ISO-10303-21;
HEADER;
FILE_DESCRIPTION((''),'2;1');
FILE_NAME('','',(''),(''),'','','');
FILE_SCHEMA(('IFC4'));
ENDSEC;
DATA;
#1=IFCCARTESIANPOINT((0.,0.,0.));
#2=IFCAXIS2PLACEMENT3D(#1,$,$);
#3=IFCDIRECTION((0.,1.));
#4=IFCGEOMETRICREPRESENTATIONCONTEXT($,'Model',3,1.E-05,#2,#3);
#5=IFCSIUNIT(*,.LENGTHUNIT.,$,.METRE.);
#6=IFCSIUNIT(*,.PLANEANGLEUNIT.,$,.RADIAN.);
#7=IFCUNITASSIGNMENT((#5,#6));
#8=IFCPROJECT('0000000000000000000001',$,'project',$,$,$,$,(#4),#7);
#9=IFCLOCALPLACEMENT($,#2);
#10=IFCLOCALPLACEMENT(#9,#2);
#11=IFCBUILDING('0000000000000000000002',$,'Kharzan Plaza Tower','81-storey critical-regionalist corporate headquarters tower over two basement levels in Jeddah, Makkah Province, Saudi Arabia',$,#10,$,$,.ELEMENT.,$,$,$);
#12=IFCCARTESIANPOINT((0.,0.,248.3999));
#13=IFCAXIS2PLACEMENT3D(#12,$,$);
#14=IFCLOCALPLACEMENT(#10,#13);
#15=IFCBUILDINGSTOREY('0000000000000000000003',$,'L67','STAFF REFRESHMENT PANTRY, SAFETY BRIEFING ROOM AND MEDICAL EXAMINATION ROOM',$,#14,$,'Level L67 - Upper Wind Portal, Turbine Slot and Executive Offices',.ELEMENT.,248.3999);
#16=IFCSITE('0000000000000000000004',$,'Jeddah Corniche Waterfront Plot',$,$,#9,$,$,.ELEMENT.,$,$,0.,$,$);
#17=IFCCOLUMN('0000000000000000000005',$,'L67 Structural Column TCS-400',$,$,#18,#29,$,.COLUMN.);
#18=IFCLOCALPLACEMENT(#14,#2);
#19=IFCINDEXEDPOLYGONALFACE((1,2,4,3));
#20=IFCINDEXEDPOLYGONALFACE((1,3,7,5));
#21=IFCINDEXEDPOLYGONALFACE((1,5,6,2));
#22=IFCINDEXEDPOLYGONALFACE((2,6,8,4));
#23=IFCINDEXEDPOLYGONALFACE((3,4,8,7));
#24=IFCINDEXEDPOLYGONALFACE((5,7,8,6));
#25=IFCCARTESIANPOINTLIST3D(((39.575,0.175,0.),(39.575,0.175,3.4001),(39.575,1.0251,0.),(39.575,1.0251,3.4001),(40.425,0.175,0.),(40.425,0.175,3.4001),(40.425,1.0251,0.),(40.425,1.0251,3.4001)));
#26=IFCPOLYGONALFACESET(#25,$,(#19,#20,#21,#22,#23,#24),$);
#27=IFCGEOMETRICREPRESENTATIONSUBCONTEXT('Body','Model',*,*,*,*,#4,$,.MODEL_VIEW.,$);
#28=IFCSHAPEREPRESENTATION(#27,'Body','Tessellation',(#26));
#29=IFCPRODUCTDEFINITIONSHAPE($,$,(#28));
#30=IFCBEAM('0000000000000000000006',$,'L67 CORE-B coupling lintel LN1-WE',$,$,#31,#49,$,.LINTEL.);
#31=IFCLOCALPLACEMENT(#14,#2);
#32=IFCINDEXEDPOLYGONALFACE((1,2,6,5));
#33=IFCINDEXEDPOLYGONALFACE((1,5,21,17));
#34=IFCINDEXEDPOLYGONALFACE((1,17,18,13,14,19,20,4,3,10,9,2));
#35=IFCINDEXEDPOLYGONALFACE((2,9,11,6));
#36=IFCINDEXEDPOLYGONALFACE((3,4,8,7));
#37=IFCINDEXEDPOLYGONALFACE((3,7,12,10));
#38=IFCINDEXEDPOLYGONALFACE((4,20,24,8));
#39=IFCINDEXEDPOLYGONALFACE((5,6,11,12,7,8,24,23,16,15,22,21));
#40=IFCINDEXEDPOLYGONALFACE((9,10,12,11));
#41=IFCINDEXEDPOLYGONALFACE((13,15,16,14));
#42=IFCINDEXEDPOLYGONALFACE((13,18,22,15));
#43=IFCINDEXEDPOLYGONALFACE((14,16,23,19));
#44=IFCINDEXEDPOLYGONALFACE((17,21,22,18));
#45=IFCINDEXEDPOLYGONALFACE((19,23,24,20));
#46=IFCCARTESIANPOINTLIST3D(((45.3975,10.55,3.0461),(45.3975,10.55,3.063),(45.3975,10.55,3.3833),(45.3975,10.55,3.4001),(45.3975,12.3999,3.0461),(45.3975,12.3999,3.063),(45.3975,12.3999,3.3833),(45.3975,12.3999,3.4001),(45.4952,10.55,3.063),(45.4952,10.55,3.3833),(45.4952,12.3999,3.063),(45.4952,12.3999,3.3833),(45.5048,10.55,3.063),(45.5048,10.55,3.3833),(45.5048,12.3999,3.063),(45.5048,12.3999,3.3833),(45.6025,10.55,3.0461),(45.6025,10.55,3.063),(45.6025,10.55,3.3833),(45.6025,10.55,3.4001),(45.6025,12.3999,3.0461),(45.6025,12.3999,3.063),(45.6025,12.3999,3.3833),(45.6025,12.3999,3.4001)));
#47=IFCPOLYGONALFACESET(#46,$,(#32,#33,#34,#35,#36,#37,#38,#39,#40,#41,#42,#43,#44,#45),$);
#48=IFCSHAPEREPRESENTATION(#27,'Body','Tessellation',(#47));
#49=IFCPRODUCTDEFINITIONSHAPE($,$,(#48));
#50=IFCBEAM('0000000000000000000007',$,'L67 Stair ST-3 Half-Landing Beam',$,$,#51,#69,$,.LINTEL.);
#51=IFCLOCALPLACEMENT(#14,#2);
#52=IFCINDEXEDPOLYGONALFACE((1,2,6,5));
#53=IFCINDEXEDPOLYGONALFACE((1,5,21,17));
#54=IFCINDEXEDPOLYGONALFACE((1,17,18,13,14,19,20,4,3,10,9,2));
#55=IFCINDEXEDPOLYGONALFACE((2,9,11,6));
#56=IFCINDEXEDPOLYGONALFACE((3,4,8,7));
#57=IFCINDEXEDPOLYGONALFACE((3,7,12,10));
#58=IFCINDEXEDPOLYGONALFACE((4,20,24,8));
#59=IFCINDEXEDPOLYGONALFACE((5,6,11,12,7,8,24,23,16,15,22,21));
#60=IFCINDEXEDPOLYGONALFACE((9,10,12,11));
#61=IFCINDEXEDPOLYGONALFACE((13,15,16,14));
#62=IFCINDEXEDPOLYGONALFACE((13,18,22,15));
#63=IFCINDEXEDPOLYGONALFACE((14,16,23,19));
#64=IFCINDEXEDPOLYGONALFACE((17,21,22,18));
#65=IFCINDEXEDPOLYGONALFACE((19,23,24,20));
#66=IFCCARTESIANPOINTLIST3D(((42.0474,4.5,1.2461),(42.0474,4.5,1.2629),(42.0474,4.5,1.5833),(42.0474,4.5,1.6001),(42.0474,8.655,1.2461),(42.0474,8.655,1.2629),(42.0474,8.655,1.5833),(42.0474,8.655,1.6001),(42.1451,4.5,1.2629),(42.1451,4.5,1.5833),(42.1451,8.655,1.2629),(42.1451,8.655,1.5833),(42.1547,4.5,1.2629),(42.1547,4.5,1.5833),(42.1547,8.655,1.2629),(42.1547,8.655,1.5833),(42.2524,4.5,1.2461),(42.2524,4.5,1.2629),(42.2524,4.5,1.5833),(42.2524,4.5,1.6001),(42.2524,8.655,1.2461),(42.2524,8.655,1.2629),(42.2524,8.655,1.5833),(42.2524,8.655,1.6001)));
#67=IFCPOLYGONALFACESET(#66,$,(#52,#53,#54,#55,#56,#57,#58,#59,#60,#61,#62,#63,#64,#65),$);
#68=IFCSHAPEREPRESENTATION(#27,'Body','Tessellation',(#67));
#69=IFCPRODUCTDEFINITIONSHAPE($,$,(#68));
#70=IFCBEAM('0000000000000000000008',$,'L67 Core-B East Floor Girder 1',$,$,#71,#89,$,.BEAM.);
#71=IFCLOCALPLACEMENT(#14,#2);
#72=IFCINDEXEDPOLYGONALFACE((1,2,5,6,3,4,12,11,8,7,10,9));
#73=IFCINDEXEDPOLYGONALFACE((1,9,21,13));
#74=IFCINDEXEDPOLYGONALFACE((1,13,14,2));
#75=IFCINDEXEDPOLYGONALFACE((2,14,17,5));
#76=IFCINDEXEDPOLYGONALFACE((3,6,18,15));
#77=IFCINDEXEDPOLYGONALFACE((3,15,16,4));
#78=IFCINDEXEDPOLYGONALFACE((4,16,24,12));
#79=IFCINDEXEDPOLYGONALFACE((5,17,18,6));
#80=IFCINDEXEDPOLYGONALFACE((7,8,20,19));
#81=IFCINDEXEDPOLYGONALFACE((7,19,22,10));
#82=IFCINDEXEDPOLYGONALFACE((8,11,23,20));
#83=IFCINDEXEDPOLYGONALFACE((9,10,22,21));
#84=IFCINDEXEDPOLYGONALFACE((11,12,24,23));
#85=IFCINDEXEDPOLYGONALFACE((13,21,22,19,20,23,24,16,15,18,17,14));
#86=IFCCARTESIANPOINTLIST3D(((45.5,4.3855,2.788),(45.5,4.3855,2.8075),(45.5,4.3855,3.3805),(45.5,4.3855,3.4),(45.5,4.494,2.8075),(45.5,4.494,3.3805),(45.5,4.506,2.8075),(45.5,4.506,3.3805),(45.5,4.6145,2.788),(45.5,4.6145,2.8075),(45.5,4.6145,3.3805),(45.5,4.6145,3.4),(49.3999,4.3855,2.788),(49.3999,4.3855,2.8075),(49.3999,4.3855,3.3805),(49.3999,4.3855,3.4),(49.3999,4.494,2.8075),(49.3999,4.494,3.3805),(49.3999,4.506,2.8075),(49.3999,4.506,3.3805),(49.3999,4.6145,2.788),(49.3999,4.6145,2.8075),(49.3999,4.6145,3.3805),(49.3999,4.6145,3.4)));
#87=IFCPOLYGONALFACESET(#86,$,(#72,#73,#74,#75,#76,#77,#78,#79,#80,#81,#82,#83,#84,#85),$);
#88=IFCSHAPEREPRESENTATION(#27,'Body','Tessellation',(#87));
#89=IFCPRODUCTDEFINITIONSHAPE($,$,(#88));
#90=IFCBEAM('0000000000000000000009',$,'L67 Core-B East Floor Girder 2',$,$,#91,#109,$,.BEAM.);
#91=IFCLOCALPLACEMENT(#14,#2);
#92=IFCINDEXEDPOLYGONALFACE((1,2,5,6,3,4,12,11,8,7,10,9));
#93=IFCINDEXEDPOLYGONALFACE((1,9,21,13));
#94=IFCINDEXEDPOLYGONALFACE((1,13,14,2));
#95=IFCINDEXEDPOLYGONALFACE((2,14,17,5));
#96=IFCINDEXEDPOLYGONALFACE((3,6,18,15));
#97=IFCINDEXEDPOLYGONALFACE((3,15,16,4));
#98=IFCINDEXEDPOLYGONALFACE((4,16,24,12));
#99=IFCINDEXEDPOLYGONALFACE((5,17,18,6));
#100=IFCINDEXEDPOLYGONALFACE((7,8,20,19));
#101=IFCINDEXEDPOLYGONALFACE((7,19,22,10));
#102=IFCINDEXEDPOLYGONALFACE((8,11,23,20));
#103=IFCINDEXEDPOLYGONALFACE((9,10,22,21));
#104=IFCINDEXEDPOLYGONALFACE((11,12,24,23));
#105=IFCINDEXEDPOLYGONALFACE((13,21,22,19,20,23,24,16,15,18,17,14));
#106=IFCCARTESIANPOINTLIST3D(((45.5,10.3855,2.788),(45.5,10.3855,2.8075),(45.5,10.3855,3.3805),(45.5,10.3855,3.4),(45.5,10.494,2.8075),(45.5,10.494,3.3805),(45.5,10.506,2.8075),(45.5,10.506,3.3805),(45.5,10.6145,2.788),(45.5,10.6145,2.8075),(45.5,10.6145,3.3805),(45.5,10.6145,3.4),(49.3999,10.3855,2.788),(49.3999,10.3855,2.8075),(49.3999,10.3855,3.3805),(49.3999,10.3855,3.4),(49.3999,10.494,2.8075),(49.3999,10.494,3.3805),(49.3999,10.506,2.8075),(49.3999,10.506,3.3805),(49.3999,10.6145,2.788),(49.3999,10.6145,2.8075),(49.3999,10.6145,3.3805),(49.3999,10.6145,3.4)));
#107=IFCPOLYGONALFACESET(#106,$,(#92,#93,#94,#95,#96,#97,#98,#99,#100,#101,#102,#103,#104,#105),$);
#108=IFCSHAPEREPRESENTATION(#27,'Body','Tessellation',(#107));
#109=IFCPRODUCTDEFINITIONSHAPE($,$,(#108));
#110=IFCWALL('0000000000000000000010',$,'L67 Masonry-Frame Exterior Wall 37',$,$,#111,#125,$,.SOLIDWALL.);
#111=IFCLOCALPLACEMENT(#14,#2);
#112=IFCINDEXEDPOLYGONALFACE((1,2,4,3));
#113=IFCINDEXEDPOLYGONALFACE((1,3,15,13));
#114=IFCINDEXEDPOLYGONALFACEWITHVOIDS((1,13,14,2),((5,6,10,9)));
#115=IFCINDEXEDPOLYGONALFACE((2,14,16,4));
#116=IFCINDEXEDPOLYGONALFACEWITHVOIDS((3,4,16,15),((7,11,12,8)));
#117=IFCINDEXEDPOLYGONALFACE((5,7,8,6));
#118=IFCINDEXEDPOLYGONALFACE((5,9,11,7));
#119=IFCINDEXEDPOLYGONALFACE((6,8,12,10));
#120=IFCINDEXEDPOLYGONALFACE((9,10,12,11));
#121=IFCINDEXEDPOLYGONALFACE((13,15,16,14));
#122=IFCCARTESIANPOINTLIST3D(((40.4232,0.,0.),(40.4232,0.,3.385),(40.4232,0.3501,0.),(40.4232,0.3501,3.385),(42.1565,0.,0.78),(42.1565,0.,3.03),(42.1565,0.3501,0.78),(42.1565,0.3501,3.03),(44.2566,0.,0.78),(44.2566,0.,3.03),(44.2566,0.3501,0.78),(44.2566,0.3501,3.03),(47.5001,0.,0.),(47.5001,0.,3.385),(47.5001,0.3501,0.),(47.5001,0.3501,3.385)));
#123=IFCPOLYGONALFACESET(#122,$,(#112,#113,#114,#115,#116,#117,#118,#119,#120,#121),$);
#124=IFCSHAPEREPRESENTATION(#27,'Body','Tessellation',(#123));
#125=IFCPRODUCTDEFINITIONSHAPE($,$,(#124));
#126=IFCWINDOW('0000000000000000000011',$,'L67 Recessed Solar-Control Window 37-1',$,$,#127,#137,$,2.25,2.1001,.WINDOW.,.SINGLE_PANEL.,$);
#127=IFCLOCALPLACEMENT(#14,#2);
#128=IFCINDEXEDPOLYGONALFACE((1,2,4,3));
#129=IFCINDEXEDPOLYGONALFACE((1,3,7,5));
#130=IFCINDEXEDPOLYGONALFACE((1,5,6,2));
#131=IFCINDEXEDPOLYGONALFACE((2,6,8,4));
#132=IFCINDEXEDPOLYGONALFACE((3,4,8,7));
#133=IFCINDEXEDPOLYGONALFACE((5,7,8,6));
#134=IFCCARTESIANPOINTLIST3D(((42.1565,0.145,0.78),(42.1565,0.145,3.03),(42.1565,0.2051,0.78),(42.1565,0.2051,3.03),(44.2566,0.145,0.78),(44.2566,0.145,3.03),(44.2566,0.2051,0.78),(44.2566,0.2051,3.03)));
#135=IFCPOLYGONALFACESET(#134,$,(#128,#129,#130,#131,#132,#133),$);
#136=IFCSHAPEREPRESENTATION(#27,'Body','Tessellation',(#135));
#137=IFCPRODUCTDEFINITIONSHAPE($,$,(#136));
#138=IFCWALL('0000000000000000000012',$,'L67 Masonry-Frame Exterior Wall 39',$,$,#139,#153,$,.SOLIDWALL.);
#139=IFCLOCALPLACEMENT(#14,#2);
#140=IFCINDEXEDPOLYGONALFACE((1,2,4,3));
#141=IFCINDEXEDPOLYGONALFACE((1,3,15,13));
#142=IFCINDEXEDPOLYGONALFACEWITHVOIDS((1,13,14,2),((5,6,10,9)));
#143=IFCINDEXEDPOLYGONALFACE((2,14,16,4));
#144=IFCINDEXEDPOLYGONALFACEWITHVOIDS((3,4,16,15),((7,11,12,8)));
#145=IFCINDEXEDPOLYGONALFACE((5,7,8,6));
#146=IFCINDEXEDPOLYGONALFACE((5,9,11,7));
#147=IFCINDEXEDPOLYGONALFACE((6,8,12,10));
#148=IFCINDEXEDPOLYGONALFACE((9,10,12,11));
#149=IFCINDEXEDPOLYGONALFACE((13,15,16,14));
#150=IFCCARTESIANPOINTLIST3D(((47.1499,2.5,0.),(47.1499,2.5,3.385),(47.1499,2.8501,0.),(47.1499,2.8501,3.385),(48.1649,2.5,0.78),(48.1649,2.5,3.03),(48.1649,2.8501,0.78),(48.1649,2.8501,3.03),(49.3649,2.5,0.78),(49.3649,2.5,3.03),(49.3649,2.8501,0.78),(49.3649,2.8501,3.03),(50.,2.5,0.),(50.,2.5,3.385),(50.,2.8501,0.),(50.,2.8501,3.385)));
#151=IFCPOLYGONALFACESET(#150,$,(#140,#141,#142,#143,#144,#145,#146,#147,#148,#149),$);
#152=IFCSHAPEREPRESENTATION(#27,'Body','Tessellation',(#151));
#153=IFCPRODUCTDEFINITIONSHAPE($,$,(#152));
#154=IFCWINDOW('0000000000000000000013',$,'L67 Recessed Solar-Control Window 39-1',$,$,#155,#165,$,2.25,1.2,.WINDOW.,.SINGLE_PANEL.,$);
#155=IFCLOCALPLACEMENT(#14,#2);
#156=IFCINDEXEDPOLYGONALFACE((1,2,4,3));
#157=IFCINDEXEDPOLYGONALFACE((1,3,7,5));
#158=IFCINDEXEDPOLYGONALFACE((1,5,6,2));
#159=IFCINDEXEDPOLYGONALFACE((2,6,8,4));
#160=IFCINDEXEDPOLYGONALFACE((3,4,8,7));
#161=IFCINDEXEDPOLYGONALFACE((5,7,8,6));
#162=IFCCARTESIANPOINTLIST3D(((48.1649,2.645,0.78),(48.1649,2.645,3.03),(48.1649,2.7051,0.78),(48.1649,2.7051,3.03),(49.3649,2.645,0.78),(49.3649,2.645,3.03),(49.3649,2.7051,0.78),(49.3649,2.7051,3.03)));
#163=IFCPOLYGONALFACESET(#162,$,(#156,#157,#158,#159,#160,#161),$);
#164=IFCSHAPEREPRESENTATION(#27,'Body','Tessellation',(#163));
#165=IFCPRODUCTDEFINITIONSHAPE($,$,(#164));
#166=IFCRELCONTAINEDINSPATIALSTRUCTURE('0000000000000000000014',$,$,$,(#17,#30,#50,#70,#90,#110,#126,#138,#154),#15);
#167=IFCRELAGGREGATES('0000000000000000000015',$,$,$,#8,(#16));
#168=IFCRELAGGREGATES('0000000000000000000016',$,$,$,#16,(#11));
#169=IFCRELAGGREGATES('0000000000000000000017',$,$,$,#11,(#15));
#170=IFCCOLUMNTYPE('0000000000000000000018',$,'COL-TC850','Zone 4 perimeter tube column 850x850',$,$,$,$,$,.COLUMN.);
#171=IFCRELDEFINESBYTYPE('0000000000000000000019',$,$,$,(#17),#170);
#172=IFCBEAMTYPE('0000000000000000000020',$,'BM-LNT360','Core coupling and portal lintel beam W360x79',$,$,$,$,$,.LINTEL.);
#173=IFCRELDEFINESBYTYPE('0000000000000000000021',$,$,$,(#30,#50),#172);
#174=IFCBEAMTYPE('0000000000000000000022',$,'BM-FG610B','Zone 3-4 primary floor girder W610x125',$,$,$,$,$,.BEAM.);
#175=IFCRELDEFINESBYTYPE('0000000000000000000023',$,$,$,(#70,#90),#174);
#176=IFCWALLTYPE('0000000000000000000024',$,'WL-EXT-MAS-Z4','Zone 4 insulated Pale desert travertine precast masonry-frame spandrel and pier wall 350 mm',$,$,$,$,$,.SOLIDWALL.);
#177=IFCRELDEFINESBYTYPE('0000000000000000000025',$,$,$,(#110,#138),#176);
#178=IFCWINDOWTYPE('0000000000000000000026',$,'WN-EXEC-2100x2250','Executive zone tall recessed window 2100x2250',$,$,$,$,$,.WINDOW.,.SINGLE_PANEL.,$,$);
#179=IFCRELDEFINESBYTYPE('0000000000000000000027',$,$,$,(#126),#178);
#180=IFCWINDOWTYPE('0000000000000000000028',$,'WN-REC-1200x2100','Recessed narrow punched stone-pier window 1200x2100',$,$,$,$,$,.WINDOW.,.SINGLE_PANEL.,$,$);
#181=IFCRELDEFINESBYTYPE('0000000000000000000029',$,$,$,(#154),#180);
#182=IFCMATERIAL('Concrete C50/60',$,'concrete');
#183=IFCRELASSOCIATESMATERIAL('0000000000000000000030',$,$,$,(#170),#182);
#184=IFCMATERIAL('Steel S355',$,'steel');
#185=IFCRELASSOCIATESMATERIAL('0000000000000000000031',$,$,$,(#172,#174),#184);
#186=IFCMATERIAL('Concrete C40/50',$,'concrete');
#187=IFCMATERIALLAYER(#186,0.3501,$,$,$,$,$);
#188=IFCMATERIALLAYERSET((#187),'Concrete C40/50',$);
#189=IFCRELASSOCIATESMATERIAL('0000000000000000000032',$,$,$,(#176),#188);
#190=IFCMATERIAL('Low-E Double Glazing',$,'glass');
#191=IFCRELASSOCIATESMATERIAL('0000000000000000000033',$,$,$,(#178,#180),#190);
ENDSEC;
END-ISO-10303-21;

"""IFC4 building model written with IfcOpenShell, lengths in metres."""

from ifc_helpers import new_model, si_unit, direction, frame, frame_2d, origin, origin_2d, place, context, subcontext, project, spatial, rectangle, i_section, extrude, source, transform, mapped, material, layer, layer_set, material_profile, profile_set, type_object, element, fill, save


model = new_model("IFC4")

# Units and contexts
model_context = context("Model", 3, precision=1e-05, world=origin(), true_north=direction((0.0, 1.0)))
body_context = subcontext(model_context, "Body", "Model", "MODEL_VIEW")
ifc_project = project(units=[si_unit("LENGTHUNIT", "METRE"), si_unit("PLANEANGLEUNIT", "RADIAN")], contexts=[model_context])

# Site, building, storey
site_placement = place(None, origin())
site = spatial("IfcSite", under=ifc_project, at=site_placement, Name="Jeddah Corniche Waterfront Plot", CompositionType="ELEMENT", RefElevation=0.0)
building_placement = place(site_placement, origin())
building = spatial("IfcBuilding", under=site, at=building_placement, Name="Kharzan Plaza Tower", Description="81-storey critical-regionalist corporate headquarters tower over two basement levels in Jeddah, Makkah Province, Saudi Arabia", CompositionType="ELEMENT")
storey_placement = place(building_placement, frame((0.0, 0.0, 248.3999)))
storey = spatial("IfcBuildingStorey", under=building, at=storey_placement, Name="L67", Description="STAFF REFRESHMENT PANTRY, SAFETY BRIEFING ROOM AND MEDICAL EXAMINATION ROOM", LongName="Level L67 - Upper Wind Portal, Turbine Slot and Executive Offices", CompositionType="ELEMENT", Elevation=248.3999)

# Column
ifc_material_1 = material(Name="Concrete C50/60", Category="concrete")
ifc_material_profile_1 = material_profile(ifc_material_1, rectangle(XDim=0.8501, YDim=0.8501, at=origin_2d()), Name="RC-TC850x850")
ifc_profile_set_1 = profile_set([ifc_material_profile_1], Name="Concrete C50/60")
column_type = type_object("IfcColumnType", Name="COL-TC850", Description="Zone 4 perimeter tube column 850x850", PredefinedType="COLUMN", material=ifc_profile_set_1)
shared_shape_1 = source(origin(), body_context, "Body", "SweptSolid", [
    extrude(rectangle(XDim=0.8501, YDim=0.8501, at=origin_2d()), origin(), (0.0, 0.0, 1.0), 3.4001),
])
column_placement = place(storey_placement, frame((40.0, 0.6001, 0.0), z_axis=(0.0, 0.0, 1.0), x_axis=(1.0, 0.0, 0.0)))
element("IfcColumn", 1, at=column_placement, inside=storey, type_object=column_type, Name="L67 Structural Column TCS-400", PredefinedType="COLUMN", context=body_context, shape_type="MappedRepresentation", body=[
    mapped(shared_shape_1, transform((0.0, 0.0, 0.0), x_axis=(1.0, 0.0, 0.0), y_axis=(0.0, 1.0, 0.0), z_axis=(0.0, 0.0, 1.0))),
])

# Beams
ifc_material_2 = material(Name="Steel S355", Category="steel")
ifc_material_profile_2 = material_profile(ifc_material_2, i_section(OverallWidth=0.2051, OverallDepth=0.354, WebThickness=0.0095, FlangeThickness=0.0168, at=origin_2d()), Name="W360x79")
ifc_profile_set_2 = profile_set([ifc_material_profile_2], Name="Steel S355")
beam_type_1 = type_object("IfcBeamType", Name="BM-LNT360", Description="Core coupling and portal lintel beam W360x79", PredefinedType="LINTEL", material=ifc_profile_set_2)
shared_shape_2 = source(origin(), body_context, "Body", "SweptSolid", [
    extrude(i_section(OverallWidth=0.2051, OverallDepth=0.354, WebThickness=0.0095, FlangeThickness=0.0168, at=origin_2d()), origin(), (0.0, 0.0, 1.0), 1.8499),
])
beam_1_placement = place(storey_placement, frame((45.5, 10.55, 3.2231), z_axis=(0.0, 1.0, 0.0), x_axis=(-1.0, 0.0, 0.0)))
element("IfcBeam", 2, at=beam_1_placement, inside=storey, type_object=beam_type_1, Name="L67 CORE-B coupling lintel LN1-WE", PredefinedType="LINTEL", context=body_context, shape_type="MappedRepresentation", body=[
    mapped(shared_shape_2, transform((0.0, 0.0, 0.0), x_axis=(1.0, 0.0, 0.0), y_axis=(0.0, 1.0, 0.0), z_axis=(0.0, 0.0, 1.0))),
])
shared_shape_3 = source(origin(), body_context, "Body", "SweptSolid", [
    extrude(i_section(OverallWidth=0.2051, OverallDepth=0.354, WebThickness=0.0095, FlangeThickness=0.0168, at=origin_2d()), origin(), (0.0, 0.0, 1.0), 4.155),
])
beam_2_placement = place(storey_placement, frame((42.1499, 4.5, 1.4231), z_axis=(0.0, 1.0, 0.0), x_axis=(-1.0, 0.0, 0.0)))
element("IfcBeam", 3, at=beam_2_placement, inside=storey, type_object=beam_type_1, Name="L67 Stair ST-3 Half-Landing Beam", PredefinedType="LINTEL", context=body_context, shape_type="MappedRepresentation", body=[
    mapped(shared_shape_3, transform((0.0, 0.0, 0.0), x_axis=(1.0, 0.0, 0.0), y_axis=(0.0, 1.0, 0.0), z_axis=(0.0, 0.0, 1.0))),
])
ifc_material_profile_3 = material_profile(ifc_material_2, i_section(OverallWidth=0.229, OverallDepth=0.6121, WebThickness=0.012, FlangeThickness=0.0195, at=origin_2d()), Name="W610x125")
ifc_profile_set_3 = profile_set([ifc_material_profile_3], Name="Steel S355")
beam_type_2 = type_object("IfcBeamType", Name="BM-FG610B", Description="Zone 3-4 primary floor girder W610x125", PredefinedType="BEAM", material=ifc_profile_set_3)
shared_shape_4 = source(origin(), body_context, "Body", "SweptSolid", [
    extrude(i_section(OverallWidth=0.229, OverallDepth=0.6121, WebThickness=0.012, FlangeThickness=0.0195, at=origin_2d()), origin(), (0.0, 0.0, 1.0), 3.8999),
])
for number, where, z_axis, x_axis, name in (
    (4, (45.5, 4.5, 3.094), (1.0, 0.0, 0.0), (0.0, 1.0, 0.0), "L67 Core-B East Floor Girder 1"),
    (5, (45.5, 10.5, 3.094), (1.0, 0.0, 0.0), (0.0, 1.0, 0.0), "L67 Core-B East Floor Girder 2"),
):
    element("IfcBeam", number, at=place(storey_placement, frame(where, z_axis=z_axis, x_axis=x_axis)), inside=storey, type_object=beam_type_2, Name=name, PredefinedType="BEAM", context=body_context, shape_type="MappedRepresentation", body=[
        mapped(shared_shape_4, transform((0.0, 0.0, 0.0), x_axis=(1.0, 0.0, 0.0), y_axis=(0.0, 1.0, 0.0), z_axis=(0.0, 0.0, 1.0))),
    ])

# Walls, openings, windows
ifc_material_3 = material(Name="Concrete C40/50", Category="concrete")
ifc_layer_1 = layer(ifc_material_3, 0.3501)
ifc_layer_set_1 = layer_set([ifc_layer_1], Name="Concrete C40/50")
wall_type_1 = type_object("IfcWallType", Name="WL-EXT-MAS-Z4", Description="Zone 4 insulated Pale desert travertine precast masonry-frame spandrel and pier wall 350 mm", PredefinedType="SOLIDWALL", material=ifc_layer_set_1)
wall_1_placement = place(storey_placement, frame((40.4231, 0.175, 0.0), z_axis=(0.0, 0.0, 1.0), x_axis=(1.0, 0.0, 0.0)))
wall_1 = element("IfcWall", 6, at=wall_1_placement, inside=storey, type_object=wall_type_1, Name="L67 Masonry-Frame Exterior Wall 37", PredefinedType="SOLIDWALL", context=body_context, shape_type="SweptSolid", body=[
    extrude(rectangle(XDim=7.0769, YDim=0.3501, at=frame_2d((3.5386, 0.0))), origin(), (0.0, 0.0, 1.0), 3.385),
])
opening_1_placement = place(wall_1_placement, frame((1.7334, 0.0, 0.78)))
opening_1 = element("IfcOpeningElement", 7, at=opening_1_placement, cuts=wall_1, PredefinedType="OPENING", context=body_context, shape_type="SweptSolid", body=[
    extrude(rectangle(XDim=2.1001, YDim=2.25, at=frame_2d((1.05, 1.125))), frame((0.0, 0.1851, 0.0), z_axis=(0.0, -1.0, 0.0), x_axis=(1.0, 0.0, 0.0)), (0.0, 0.0, 1.0), 0.3701),
])
ifc_material_4 = material(Name="Low-E Double Glazing", Category="glass")
window_type_1 = type_object("IfcWindowType", Name="WN-EXEC-2100x2250", Description="Executive zone tall recessed window 2100x2250", PartitioningType="SINGLE_PANEL", PredefinedType="WINDOW", material=ifc_material_4)
shared_shape_5 = source(origin(), body_context, "Body", "SweptSolid", [
    extrude(rectangle(XDim=2.1001, YDim=2.25, at=frame_2d((1.05, 1.125))), frame((0.0, 0.03, 0.0), z_axis=(0.0, -1.0, 0.0), x_axis=(1.0, 0.0, 0.0)), (0.0, 0.0, 1.0), 0.0601),
])
window_1_placement = place(opening_1_placement, origin())
window_1 = element("IfcWindow", 8, at=window_1_placement, inside=storey, type_object=window_type_1, Name="L67 Recessed Solar-Control Window 37-1", OverallHeight=2.25, OverallWidth=2.1001, PartitioningType="SINGLE_PANEL", PredefinedType="WINDOW", context=body_context, shape_type="MappedRepresentation", body=[
    mapped(shared_shape_5, transform((0.0, 0.0, 0.0), x_axis=(1.0, 0.0, 0.0), y_axis=(0.0, 1.0, 0.0), z_axis=(0.0, 0.0, 1.0))),
])
fill(opening_1, window_1)
wall_2_placement = place(storey_placement, frame((47.1499, 2.675, 0.0), z_axis=(0.0, 0.0, 1.0), x_axis=(1.0, 0.0, 0.0)))
wall_2 = element("IfcWall", 9, at=wall_2_placement, inside=storey, type_object=wall_type_1, Name="L67 Masonry-Frame Exterior Wall 39", PredefinedType="SOLIDWALL", context=body_context, shape_type="SweptSolid", body=[
    extrude(rectangle(XDim=2.8501, YDim=0.3501, at=frame_2d((1.425, 0.0))), origin(), (0.0, 0.0, 1.0), 3.385),
])
opening_2_placement = place(wall_2_placement, frame((1.0149, 0.0, 0.78)))
opening_2 = element("IfcOpeningElement", 10, at=opening_2_placement, cuts=wall_2, PredefinedType="OPENING", context=body_context, shape_type="SweptSolid", body=[
    extrude(rectangle(XDim=1.2, YDim=2.25, at=frame_2d((0.6001, 1.125))), frame((0.0, 0.1851, 0.0), z_axis=(0.0, -1.0, 0.0), x_axis=(1.0, 0.0, 0.0)), (0.0, 0.0, 1.0), 0.3701),
])
window_type_2 = type_object("IfcWindowType", Name="WN-REC-1200x2100", Description="Recessed narrow punched stone-pier window 1200x2100", PartitioningType="SINGLE_PANEL", PredefinedType="WINDOW", material=ifc_material_4)
shared_shape_6 = source(origin(), body_context, "Body", "SweptSolid", [
    extrude(rectangle(XDim=1.2, YDim=2.25, at=frame_2d((0.6001, 1.125))), frame((0.0, 0.03, 0.0), z_axis=(0.0, -1.0, 0.0), x_axis=(1.0, 0.0, 0.0)), (0.0, 0.0, 1.0), 0.0601),
])
window_2_placement = place(opening_2_placement, origin())
window_2 = element("IfcWindow", 11, at=window_2_placement, inside=storey, type_object=window_type_2, Name="L67 Recessed Solar-Control Window 39-1", OverallHeight=2.25, OverallWidth=1.2, PartitioningType="SINGLE_PANEL", PredefinedType="WINDOW", context=body_context, shape_type="MappedRepresentation", body=[
    mapped(shared_shape_6, transform((0.0, 0.0, 0.0), x_axis=(1.0, 0.0, 0.0), y_axis=(0.0, 1.0, 0.0), z_axis=(0.0, 0.0, 1.0))),
])
fill(opening_2, window_2)

save(model, "model.ifc")
